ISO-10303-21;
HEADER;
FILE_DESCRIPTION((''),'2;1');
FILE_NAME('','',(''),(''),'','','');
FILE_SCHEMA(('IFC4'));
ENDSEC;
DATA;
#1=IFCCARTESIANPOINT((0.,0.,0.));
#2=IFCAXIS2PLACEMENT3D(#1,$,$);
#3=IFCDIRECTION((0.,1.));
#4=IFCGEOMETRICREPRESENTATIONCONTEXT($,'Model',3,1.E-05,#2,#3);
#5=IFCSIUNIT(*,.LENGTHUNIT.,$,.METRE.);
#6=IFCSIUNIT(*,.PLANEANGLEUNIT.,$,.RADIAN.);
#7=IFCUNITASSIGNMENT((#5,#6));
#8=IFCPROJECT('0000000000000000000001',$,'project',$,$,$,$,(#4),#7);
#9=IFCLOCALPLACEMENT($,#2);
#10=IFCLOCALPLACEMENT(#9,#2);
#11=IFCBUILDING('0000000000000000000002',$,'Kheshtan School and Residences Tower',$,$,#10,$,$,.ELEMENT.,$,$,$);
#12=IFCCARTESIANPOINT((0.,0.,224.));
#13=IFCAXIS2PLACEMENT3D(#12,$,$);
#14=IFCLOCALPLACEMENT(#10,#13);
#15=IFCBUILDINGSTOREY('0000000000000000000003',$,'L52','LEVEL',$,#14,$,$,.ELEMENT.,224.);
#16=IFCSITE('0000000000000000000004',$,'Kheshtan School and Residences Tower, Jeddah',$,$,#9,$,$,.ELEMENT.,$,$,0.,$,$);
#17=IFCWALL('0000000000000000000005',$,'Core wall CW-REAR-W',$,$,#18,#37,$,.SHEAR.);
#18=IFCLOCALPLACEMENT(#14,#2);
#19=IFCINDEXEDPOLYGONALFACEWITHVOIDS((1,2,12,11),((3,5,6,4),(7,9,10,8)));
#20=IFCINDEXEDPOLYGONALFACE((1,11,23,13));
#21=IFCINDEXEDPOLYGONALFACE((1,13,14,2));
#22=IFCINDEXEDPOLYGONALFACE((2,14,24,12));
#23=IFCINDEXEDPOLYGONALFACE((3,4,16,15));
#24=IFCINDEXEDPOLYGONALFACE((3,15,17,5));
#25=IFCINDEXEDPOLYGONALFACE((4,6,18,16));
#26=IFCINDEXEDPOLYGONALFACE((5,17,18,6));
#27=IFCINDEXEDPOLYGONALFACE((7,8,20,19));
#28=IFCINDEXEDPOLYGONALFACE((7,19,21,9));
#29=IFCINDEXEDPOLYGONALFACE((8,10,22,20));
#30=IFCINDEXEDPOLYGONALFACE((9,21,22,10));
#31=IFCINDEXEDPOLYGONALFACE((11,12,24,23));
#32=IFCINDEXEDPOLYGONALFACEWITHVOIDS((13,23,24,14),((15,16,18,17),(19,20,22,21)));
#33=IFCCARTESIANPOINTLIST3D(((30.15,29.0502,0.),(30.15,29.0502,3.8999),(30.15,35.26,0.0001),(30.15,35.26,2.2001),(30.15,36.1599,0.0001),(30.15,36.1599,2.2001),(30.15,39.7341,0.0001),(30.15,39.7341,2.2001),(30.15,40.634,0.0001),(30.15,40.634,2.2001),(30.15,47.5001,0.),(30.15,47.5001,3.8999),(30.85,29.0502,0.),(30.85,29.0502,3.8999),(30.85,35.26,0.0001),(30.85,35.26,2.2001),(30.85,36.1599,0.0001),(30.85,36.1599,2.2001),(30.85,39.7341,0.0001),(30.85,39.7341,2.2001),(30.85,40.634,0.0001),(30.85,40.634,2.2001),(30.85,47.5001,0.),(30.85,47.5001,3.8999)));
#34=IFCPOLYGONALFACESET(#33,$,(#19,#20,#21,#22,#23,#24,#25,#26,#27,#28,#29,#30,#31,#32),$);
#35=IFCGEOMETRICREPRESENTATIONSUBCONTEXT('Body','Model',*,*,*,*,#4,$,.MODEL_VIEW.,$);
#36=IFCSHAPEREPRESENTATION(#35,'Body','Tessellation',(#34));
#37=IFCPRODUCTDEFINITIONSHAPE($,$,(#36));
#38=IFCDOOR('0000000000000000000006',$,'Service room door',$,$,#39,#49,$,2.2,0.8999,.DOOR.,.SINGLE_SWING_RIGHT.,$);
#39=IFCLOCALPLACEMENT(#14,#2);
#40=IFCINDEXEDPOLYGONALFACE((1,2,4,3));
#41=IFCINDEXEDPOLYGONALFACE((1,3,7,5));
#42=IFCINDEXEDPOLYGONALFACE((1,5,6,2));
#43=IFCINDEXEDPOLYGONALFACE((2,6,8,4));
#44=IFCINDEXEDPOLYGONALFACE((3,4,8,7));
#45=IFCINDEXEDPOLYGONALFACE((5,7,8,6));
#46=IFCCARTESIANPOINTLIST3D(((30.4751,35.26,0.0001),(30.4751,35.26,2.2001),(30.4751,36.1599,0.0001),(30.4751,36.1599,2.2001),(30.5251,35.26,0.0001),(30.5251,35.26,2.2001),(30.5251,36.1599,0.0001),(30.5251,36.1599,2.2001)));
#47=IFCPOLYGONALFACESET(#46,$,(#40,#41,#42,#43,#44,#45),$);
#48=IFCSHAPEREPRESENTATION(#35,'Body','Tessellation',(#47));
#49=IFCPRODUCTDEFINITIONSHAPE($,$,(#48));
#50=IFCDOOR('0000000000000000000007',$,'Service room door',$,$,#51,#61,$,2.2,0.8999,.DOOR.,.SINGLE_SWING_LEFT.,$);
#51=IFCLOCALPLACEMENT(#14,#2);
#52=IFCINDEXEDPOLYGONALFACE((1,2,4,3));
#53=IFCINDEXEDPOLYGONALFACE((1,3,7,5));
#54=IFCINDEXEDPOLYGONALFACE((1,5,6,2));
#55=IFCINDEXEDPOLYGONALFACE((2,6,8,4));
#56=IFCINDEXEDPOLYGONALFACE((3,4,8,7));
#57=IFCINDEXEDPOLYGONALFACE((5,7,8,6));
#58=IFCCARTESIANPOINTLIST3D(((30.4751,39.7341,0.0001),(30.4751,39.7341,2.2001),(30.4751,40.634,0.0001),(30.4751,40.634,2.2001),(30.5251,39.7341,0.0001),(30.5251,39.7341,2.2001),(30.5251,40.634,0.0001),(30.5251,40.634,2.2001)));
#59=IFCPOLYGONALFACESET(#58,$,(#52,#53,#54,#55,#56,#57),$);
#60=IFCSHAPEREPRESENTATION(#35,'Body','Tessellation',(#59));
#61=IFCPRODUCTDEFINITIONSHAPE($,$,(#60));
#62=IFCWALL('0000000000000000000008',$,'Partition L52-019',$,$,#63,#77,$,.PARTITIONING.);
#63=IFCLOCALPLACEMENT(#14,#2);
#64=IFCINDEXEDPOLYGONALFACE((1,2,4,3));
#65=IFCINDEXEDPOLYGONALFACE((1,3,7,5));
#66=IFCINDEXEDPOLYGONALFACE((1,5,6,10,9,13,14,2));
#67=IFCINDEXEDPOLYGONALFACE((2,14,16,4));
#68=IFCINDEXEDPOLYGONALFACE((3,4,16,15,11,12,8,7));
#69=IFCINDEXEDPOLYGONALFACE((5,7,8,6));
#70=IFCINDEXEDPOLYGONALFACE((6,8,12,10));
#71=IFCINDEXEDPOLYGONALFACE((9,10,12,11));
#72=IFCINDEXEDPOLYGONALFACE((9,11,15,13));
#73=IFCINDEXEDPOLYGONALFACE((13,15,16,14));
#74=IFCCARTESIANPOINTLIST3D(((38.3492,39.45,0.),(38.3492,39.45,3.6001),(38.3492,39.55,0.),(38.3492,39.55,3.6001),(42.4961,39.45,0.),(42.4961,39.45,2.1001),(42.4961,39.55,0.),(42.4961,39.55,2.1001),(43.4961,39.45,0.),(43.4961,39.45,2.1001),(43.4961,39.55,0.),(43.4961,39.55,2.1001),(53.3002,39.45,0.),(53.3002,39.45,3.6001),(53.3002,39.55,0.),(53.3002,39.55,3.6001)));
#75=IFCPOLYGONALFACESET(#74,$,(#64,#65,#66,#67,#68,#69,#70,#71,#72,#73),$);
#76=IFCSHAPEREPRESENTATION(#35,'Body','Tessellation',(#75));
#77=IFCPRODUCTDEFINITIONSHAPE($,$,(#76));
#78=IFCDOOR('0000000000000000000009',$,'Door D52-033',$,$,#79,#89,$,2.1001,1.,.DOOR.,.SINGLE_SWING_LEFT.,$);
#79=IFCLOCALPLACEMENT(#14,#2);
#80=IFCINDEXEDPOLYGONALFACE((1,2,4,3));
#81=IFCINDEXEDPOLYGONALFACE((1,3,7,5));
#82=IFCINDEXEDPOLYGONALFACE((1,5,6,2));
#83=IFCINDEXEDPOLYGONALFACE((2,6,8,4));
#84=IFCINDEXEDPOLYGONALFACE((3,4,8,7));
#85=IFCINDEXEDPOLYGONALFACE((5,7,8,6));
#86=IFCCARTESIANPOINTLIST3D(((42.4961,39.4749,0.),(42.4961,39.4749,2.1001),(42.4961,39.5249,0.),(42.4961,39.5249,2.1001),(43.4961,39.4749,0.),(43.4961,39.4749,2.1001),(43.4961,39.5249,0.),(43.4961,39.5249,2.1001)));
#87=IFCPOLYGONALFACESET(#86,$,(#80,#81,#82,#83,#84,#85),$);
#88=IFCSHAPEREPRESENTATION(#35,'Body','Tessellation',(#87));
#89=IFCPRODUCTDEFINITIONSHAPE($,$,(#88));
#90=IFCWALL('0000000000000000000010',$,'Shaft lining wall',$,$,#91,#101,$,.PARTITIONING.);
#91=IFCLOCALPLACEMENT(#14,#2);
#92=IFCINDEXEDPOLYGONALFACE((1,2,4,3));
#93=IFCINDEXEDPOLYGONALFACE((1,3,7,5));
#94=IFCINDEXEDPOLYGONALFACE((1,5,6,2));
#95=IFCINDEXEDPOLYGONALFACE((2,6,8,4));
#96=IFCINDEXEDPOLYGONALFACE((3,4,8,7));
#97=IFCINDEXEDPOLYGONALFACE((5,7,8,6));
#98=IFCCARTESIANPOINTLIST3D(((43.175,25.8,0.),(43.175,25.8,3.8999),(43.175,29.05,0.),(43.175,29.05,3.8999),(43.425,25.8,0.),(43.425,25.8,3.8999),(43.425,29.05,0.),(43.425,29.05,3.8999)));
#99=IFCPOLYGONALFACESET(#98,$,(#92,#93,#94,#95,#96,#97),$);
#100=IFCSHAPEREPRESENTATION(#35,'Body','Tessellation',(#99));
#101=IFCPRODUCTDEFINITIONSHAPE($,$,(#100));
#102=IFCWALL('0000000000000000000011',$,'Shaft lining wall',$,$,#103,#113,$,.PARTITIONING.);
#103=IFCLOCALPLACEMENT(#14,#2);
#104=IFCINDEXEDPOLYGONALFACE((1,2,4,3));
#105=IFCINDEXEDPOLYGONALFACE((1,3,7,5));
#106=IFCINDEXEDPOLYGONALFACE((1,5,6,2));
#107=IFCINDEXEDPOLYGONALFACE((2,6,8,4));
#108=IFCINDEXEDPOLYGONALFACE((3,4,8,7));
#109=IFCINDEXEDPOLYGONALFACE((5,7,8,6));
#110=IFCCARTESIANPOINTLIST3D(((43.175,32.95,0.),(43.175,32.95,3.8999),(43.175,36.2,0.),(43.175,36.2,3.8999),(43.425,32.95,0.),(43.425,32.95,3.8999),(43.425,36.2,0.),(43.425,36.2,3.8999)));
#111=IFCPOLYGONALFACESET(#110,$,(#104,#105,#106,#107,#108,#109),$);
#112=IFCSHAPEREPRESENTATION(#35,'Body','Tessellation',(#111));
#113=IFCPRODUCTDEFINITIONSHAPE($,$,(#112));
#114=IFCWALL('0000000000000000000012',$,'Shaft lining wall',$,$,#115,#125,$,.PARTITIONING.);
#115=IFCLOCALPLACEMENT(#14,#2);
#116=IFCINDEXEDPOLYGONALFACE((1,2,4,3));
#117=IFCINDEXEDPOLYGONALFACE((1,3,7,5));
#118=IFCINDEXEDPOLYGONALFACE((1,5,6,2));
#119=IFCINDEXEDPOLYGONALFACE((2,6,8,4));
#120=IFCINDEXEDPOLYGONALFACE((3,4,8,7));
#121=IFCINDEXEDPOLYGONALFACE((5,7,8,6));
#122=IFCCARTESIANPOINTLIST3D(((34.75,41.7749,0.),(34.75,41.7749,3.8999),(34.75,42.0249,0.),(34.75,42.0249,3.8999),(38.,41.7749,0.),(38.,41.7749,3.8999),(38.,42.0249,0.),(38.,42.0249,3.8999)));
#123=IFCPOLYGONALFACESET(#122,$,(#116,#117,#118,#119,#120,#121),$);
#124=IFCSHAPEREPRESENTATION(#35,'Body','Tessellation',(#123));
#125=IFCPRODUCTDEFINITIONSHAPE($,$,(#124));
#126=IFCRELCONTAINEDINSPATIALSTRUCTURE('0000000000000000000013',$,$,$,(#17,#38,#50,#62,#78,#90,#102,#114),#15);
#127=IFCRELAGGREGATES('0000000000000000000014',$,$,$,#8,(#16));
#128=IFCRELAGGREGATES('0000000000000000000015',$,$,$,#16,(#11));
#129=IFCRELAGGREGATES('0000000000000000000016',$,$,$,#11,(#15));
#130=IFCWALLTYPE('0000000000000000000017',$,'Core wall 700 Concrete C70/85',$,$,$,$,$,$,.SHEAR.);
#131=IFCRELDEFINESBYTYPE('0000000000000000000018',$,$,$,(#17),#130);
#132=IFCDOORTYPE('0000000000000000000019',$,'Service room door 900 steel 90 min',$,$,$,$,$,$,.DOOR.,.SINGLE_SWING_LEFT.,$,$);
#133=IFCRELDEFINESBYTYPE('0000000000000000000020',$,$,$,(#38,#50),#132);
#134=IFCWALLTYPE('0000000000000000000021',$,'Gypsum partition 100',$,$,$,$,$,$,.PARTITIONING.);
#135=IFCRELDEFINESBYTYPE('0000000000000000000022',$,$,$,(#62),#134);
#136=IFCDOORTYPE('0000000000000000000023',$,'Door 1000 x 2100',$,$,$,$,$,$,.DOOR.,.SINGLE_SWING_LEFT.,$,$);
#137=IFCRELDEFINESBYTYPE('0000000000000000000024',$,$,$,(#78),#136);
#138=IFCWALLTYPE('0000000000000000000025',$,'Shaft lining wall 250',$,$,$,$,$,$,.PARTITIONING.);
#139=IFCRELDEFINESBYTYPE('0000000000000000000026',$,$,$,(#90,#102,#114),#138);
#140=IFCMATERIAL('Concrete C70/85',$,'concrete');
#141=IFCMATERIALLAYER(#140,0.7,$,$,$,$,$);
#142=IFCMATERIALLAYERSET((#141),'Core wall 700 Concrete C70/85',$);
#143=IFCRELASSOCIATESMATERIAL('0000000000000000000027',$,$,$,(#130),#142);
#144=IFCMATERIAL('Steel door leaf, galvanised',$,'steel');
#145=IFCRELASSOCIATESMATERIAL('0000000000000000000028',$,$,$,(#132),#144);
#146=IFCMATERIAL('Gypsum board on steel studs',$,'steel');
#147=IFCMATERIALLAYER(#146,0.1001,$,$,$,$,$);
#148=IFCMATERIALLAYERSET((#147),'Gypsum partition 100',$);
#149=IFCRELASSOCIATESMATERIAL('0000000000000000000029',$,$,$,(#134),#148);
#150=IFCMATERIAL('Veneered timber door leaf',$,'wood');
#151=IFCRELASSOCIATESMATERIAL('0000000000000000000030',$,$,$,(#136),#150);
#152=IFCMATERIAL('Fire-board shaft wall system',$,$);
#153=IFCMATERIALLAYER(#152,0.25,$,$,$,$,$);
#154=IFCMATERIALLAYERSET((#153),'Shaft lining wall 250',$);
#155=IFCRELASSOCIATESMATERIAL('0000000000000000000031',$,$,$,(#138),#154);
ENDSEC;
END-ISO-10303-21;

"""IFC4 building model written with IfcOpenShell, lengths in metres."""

from ifc_helpers import new_model, si_unit, direction, frame, frame_2d, origin, place, context, subcontext, project, spatial, rectangle, extrude, source, transform, mapped, material, layer, layer_set, type_object, element, fill, save


model = new_model("IFC4")

# Units and contexts
model_context = context("Model", 3, precision=1e-05, world=origin(), true_north=direction((0.0, 1.0)))
body_context = subcontext(model_context, "Body", "Model", "MODEL_VIEW")
ifc_project = project(units=[si_unit("LENGTHUNIT", "METRE"), si_unit("PLANEANGLEUNIT", "RADIAN")], contexts=[model_context])

# Site, building, storey
site_placement = place(None, origin())
site = spatial("IfcSite", under=ifc_project, at=site_placement, Name="Kheshtan School and Residences Tower, Jeddah", CompositionType="ELEMENT", RefElevation=0.0)
building_placement = place(site_placement, origin())
building = spatial("IfcBuilding", under=site, at=building_placement, Name="Kheshtan School and Residences Tower", CompositionType="ELEMENT")
storey_placement = place(building_placement, frame((0.0, 0.0, 224.0)))
storey = spatial("IfcBuildingStorey", under=building, at=storey_placement, Name="L52", Description="LEVEL", CompositionType="ELEMENT", Elevation=224.0)

# Shared definitions
ifc_material_1 = material(Name="Steel door leaf, galvanised", Category="steel")

# Shared definitions
ifc_material_2 = material(Name="Concrete C70/85", Category="concrete")
ifc_layer_1 = layer(ifc_material_2, 0.7)
ifc_layer_set_1 = layer_set([ifc_layer_1], Name="Core wall 700 Concrete C70/85")
wall_type_1 = type_object("IfcWallType", Name="Core wall 700 Concrete C70/85", PredefinedType="SHEAR", material=ifc_layer_set_1)

# Wall, openings, doors
wall_1_placement = place(storey_placement, frame((30.5, 29.05, 0.0), z_axis=(0.0, 0.0, 1.0), x_axis=(0.0, 1.0, 0.0)))
wall_1 = element("IfcWall", 1, at=wall_1_placement, inside=storey, type_object=wall_type_1, Name="Core wall CW-REAR-W", PredefinedType="SHEAR", context=body_context, shape_type="SweptSolid", body=[
    extrude(rectangle(XDim=18.45, YDim=0.7, at=frame_2d((9.2251, 0.0))), origin(), (0.0, 0.0, 1.0), 3.8999),
])
opening_1_placement = place(wall_1_placement, frame((6.21, 0.0, 0.0)))
opening_1 = element("IfcOpeningElement", 2, at=opening_1_placement, cuts=wall_1, PredefinedType="OPENING", context=body_context, shape_type="SweptSolid", body=[
    extrude(rectangle(XDim=0.8999, YDim=2.2, at=frame_2d((0.45, 1.1001))), frame((0.0, 0.3599, 0.0), z_axis=(0.0, -1.0, 0.0), x_axis=(1.0, 0.0, 0.0)), (0.0, 0.0, 1.0), 0.72),
])
opening_2_placement = place(wall_1_placement, frame((10.6841, 0.0, 0.0)))
opening_2 = element("IfcOpeningElement", 3, at=opening_2_placement, cuts=wall_1, PredefinedType="OPENING", context=body_context, shape_type="SweptSolid", body=[
    extrude(rectangle(XDim=0.8999, YDim=2.2, at=frame_2d((0.45, 1.1001))), frame((0.0, 0.3599, 0.0), z_axis=(0.0, -1.0, 0.0), x_axis=(1.0, 0.0, 0.0)), (0.0, 0.0, 1.0), 0.72),
])
door_type_1 = type_object("IfcDoorType", Name="Service room door 900 steel 90 min", OperationType="SINGLE_SWING_LEFT", PredefinedType="DOOR", material=ifc_material_1)
shared_shape_1 = source(origin(), body_context, "Body", "SweptSolid", [
    extrude(rectangle(XDim=0.8999, YDim=2.2, at=frame_2d((0.45, 1.1001))), frame((0.0, 0.0249, 0.0), z_axis=(0.0, -1.0, 0.0), x_axis=(1.0, 0.0, 0.0)), (0.0, 0.0, 1.0), 0.05),
])
door_1_placement = place(opening_1_placement, origin())
door_1 = element("IfcDoor", 4, at=door_1_placement, inside=storey, type_object=door_type_1, Name="Service room door", OperationType="SINGLE_SWING_RIGHT", OverallHeight=2.2, OverallWidth=0.8999, PredefinedType="DOOR", context=body_context, shape_type="MappedRepresentation", body=[
    mapped(shared_shape_1, transform((0.0, 0.0, 0.0), x_axis=(1.0, 0.0, 0.0), y_axis=(0.0, 1.0, 0.0), z_axis=(0.0, 0.0, 1.0), scale=1.0)),
])
fill(opening_1, door_1)
door_2_placement = place(opening_2_placement, origin())
door_2 = element("IfcDoor", 5, at=door_2_placement, inside=storey, type_object=door_type_1, Name="Service room door", OperationType="SINGLE_SWING_LEFT", OverallHeight=2.2, OverallWidth=0.8999, PredefinedType="DOOR", context=body_context, shape_type="MappedRepresentation", body=[
    mapped(shared_shape_1, transform((0.0, 0.0, 0.0), x_axis=(1.0, 0.0, 0.0), y_axis=(0.0, 1.0, 0.0), z_axis=(0.0, 0.0, 1.0), scale=1.0)),
])
fill(opening_2, door_2)

# Wall, opening, door
ifc_material_3 = material(Name="Gypsum board on steel studs", Category="steel")
ifc_layer_2 = layer(ifc_material_3, 0.1001)
ifc_layer_set_2 = layer_set([ifc_layer_2], Name="Gypsum partition 100")
wall_type_2 = type_object("IfcWallType", Name="Gypsum partition 100", PredefinedType="PARTITIONING", material=ifc_layer_set_2)
wall_2_placement = place(storey_placement, frame((38.3491, 39.5, 0.0), z_axis=(0.0, 0.0, 1.0), x_axis=(1.0, 0.0, 0.0)))
wall_2 = element("IfcWall", 6, at=wall_2_placement, inside=storey, type_object=wall_type_2, Name="Partition L52-019", PredefinedType="PARTITIONING", context=body_context, shape_type="SweptSolid", body=[
    extrude(rectangle(XDim=14.9509, YDim=0.1001, at=frame_2d((7.4756, 0.0))), origin(), (0.0, 0.0, 1.0), 3.6001),
])
opening_3_placement = place(wall_2_placement, frame((4.147, 0.0, 0.0)))
opening_3 = element("IfcOpeningElement", 7, at=opening_3_placement, cuts=wall_2, PredefinedType="OPENING", context=body_context, shape_type="SweptSolid", body=[
    extrude(rectangle(XDim=1.0, YDim=2.1001, at=frame_2d((0.5, 1.05))), frame((0.0, 0.0601, 0.0), z_axis=(0.0, -1.0, 0.0), x_axis=(1.0, 0.0, 0.0)), (0.0, 0.0, 1.0), 0.1201),
])
ifc_material_4 = material(Name="Veneered timber door leaf", Category="wood")
door_type_2 = type_object("IfcDoorType", Name="Door 1000 x 2100", OperationType="SINGLE_SWING_LEFT", PredefinedType="DOOR", material=ifc_material_4)
shared_shape_2 = source(origin(), body_context, "Body", "SweptSolid", [
    extrude(rectangle(XDim=1.0, YDim=2.1001, at=frame_2d((0.5, 1.05))), frame((0.0, 0.0249, 0.0), z_axis=(0.0, -1.0, 0.0), x_axis=(1.0, 0.0, 0.0)), (0.0, 0.0, 1.0), 0.05),
])
door_3_placement = place(opening_3_placement, origin())
door_3 = element("IfcDoor", 8, at=door_3_placement, inside=storey, type_object=door_type_2, Name="Door D52-033", OperationType="SINGLE_SWING_LEFT", OverallHeight=2.1001, OverallWidth=1.0, PredefinedType="DOOR", context=body_context, shape_type="MappedRepresentation", body=[
    mapped(shared_shape_2, transform((0.0, 0.0, 0.0), x_axis=(1.0, 0.0, 0.0), y_axis=(0.0, 1.0, 0.0), z_axis=(0.0, 0.0, 1.0), scale=1.0)),
])
fill(opening_3, door_3)

# Walls
ifc_material_5 = material(Name="Fire-board shaft wall system")
ifc_layer_3 = layer(ifc_material_5, 0.25)
ifc_layer_set_3 = layer_set([ifc_layer_3], Name="Shaft lining wall 250")
wall_type_3 = type_object("IfcWallType", Name="Shaft lining wall 250", PredefinedType="PARTITIONING", material=ifc_layer_set_3)
for number, where, z_axis, x_axis, name in (
    (9, (43.3, 25.8, 0.0), (0.0, 0.0, 1.0), (0.0, 1.0, 0.0), "Shaft lining wall"),
    (10, (43.3, 32.95, 0.0), (0.0, 0.0, 1.0), (0.0, 1.0, 0.0), "Shaft lining wall"),
    (11, (34.75, 41.8999, 0.0), (0.0, 0.0, 1.0), (1.0, 0.0, 0.0), "Shaft lining wall"),
):
    element("IfcWall", number, at=place(storey_placement, frame(where, z_axis=z_axis, x_axis=x_axis)), inside=storey, type_object=wall_type_3, Name=name, PredefinedType="PARTITIONING", context=body_context, shape_type="SweptSolid", body=[
        extrude(rectangle(XDim=3.25, YDim=0.25, at=frame_2d((1.625, 0.0))), origin(), (0.0, 0.0, 1.0), 3.8999),
    ])

save(model, "model.ifc")
